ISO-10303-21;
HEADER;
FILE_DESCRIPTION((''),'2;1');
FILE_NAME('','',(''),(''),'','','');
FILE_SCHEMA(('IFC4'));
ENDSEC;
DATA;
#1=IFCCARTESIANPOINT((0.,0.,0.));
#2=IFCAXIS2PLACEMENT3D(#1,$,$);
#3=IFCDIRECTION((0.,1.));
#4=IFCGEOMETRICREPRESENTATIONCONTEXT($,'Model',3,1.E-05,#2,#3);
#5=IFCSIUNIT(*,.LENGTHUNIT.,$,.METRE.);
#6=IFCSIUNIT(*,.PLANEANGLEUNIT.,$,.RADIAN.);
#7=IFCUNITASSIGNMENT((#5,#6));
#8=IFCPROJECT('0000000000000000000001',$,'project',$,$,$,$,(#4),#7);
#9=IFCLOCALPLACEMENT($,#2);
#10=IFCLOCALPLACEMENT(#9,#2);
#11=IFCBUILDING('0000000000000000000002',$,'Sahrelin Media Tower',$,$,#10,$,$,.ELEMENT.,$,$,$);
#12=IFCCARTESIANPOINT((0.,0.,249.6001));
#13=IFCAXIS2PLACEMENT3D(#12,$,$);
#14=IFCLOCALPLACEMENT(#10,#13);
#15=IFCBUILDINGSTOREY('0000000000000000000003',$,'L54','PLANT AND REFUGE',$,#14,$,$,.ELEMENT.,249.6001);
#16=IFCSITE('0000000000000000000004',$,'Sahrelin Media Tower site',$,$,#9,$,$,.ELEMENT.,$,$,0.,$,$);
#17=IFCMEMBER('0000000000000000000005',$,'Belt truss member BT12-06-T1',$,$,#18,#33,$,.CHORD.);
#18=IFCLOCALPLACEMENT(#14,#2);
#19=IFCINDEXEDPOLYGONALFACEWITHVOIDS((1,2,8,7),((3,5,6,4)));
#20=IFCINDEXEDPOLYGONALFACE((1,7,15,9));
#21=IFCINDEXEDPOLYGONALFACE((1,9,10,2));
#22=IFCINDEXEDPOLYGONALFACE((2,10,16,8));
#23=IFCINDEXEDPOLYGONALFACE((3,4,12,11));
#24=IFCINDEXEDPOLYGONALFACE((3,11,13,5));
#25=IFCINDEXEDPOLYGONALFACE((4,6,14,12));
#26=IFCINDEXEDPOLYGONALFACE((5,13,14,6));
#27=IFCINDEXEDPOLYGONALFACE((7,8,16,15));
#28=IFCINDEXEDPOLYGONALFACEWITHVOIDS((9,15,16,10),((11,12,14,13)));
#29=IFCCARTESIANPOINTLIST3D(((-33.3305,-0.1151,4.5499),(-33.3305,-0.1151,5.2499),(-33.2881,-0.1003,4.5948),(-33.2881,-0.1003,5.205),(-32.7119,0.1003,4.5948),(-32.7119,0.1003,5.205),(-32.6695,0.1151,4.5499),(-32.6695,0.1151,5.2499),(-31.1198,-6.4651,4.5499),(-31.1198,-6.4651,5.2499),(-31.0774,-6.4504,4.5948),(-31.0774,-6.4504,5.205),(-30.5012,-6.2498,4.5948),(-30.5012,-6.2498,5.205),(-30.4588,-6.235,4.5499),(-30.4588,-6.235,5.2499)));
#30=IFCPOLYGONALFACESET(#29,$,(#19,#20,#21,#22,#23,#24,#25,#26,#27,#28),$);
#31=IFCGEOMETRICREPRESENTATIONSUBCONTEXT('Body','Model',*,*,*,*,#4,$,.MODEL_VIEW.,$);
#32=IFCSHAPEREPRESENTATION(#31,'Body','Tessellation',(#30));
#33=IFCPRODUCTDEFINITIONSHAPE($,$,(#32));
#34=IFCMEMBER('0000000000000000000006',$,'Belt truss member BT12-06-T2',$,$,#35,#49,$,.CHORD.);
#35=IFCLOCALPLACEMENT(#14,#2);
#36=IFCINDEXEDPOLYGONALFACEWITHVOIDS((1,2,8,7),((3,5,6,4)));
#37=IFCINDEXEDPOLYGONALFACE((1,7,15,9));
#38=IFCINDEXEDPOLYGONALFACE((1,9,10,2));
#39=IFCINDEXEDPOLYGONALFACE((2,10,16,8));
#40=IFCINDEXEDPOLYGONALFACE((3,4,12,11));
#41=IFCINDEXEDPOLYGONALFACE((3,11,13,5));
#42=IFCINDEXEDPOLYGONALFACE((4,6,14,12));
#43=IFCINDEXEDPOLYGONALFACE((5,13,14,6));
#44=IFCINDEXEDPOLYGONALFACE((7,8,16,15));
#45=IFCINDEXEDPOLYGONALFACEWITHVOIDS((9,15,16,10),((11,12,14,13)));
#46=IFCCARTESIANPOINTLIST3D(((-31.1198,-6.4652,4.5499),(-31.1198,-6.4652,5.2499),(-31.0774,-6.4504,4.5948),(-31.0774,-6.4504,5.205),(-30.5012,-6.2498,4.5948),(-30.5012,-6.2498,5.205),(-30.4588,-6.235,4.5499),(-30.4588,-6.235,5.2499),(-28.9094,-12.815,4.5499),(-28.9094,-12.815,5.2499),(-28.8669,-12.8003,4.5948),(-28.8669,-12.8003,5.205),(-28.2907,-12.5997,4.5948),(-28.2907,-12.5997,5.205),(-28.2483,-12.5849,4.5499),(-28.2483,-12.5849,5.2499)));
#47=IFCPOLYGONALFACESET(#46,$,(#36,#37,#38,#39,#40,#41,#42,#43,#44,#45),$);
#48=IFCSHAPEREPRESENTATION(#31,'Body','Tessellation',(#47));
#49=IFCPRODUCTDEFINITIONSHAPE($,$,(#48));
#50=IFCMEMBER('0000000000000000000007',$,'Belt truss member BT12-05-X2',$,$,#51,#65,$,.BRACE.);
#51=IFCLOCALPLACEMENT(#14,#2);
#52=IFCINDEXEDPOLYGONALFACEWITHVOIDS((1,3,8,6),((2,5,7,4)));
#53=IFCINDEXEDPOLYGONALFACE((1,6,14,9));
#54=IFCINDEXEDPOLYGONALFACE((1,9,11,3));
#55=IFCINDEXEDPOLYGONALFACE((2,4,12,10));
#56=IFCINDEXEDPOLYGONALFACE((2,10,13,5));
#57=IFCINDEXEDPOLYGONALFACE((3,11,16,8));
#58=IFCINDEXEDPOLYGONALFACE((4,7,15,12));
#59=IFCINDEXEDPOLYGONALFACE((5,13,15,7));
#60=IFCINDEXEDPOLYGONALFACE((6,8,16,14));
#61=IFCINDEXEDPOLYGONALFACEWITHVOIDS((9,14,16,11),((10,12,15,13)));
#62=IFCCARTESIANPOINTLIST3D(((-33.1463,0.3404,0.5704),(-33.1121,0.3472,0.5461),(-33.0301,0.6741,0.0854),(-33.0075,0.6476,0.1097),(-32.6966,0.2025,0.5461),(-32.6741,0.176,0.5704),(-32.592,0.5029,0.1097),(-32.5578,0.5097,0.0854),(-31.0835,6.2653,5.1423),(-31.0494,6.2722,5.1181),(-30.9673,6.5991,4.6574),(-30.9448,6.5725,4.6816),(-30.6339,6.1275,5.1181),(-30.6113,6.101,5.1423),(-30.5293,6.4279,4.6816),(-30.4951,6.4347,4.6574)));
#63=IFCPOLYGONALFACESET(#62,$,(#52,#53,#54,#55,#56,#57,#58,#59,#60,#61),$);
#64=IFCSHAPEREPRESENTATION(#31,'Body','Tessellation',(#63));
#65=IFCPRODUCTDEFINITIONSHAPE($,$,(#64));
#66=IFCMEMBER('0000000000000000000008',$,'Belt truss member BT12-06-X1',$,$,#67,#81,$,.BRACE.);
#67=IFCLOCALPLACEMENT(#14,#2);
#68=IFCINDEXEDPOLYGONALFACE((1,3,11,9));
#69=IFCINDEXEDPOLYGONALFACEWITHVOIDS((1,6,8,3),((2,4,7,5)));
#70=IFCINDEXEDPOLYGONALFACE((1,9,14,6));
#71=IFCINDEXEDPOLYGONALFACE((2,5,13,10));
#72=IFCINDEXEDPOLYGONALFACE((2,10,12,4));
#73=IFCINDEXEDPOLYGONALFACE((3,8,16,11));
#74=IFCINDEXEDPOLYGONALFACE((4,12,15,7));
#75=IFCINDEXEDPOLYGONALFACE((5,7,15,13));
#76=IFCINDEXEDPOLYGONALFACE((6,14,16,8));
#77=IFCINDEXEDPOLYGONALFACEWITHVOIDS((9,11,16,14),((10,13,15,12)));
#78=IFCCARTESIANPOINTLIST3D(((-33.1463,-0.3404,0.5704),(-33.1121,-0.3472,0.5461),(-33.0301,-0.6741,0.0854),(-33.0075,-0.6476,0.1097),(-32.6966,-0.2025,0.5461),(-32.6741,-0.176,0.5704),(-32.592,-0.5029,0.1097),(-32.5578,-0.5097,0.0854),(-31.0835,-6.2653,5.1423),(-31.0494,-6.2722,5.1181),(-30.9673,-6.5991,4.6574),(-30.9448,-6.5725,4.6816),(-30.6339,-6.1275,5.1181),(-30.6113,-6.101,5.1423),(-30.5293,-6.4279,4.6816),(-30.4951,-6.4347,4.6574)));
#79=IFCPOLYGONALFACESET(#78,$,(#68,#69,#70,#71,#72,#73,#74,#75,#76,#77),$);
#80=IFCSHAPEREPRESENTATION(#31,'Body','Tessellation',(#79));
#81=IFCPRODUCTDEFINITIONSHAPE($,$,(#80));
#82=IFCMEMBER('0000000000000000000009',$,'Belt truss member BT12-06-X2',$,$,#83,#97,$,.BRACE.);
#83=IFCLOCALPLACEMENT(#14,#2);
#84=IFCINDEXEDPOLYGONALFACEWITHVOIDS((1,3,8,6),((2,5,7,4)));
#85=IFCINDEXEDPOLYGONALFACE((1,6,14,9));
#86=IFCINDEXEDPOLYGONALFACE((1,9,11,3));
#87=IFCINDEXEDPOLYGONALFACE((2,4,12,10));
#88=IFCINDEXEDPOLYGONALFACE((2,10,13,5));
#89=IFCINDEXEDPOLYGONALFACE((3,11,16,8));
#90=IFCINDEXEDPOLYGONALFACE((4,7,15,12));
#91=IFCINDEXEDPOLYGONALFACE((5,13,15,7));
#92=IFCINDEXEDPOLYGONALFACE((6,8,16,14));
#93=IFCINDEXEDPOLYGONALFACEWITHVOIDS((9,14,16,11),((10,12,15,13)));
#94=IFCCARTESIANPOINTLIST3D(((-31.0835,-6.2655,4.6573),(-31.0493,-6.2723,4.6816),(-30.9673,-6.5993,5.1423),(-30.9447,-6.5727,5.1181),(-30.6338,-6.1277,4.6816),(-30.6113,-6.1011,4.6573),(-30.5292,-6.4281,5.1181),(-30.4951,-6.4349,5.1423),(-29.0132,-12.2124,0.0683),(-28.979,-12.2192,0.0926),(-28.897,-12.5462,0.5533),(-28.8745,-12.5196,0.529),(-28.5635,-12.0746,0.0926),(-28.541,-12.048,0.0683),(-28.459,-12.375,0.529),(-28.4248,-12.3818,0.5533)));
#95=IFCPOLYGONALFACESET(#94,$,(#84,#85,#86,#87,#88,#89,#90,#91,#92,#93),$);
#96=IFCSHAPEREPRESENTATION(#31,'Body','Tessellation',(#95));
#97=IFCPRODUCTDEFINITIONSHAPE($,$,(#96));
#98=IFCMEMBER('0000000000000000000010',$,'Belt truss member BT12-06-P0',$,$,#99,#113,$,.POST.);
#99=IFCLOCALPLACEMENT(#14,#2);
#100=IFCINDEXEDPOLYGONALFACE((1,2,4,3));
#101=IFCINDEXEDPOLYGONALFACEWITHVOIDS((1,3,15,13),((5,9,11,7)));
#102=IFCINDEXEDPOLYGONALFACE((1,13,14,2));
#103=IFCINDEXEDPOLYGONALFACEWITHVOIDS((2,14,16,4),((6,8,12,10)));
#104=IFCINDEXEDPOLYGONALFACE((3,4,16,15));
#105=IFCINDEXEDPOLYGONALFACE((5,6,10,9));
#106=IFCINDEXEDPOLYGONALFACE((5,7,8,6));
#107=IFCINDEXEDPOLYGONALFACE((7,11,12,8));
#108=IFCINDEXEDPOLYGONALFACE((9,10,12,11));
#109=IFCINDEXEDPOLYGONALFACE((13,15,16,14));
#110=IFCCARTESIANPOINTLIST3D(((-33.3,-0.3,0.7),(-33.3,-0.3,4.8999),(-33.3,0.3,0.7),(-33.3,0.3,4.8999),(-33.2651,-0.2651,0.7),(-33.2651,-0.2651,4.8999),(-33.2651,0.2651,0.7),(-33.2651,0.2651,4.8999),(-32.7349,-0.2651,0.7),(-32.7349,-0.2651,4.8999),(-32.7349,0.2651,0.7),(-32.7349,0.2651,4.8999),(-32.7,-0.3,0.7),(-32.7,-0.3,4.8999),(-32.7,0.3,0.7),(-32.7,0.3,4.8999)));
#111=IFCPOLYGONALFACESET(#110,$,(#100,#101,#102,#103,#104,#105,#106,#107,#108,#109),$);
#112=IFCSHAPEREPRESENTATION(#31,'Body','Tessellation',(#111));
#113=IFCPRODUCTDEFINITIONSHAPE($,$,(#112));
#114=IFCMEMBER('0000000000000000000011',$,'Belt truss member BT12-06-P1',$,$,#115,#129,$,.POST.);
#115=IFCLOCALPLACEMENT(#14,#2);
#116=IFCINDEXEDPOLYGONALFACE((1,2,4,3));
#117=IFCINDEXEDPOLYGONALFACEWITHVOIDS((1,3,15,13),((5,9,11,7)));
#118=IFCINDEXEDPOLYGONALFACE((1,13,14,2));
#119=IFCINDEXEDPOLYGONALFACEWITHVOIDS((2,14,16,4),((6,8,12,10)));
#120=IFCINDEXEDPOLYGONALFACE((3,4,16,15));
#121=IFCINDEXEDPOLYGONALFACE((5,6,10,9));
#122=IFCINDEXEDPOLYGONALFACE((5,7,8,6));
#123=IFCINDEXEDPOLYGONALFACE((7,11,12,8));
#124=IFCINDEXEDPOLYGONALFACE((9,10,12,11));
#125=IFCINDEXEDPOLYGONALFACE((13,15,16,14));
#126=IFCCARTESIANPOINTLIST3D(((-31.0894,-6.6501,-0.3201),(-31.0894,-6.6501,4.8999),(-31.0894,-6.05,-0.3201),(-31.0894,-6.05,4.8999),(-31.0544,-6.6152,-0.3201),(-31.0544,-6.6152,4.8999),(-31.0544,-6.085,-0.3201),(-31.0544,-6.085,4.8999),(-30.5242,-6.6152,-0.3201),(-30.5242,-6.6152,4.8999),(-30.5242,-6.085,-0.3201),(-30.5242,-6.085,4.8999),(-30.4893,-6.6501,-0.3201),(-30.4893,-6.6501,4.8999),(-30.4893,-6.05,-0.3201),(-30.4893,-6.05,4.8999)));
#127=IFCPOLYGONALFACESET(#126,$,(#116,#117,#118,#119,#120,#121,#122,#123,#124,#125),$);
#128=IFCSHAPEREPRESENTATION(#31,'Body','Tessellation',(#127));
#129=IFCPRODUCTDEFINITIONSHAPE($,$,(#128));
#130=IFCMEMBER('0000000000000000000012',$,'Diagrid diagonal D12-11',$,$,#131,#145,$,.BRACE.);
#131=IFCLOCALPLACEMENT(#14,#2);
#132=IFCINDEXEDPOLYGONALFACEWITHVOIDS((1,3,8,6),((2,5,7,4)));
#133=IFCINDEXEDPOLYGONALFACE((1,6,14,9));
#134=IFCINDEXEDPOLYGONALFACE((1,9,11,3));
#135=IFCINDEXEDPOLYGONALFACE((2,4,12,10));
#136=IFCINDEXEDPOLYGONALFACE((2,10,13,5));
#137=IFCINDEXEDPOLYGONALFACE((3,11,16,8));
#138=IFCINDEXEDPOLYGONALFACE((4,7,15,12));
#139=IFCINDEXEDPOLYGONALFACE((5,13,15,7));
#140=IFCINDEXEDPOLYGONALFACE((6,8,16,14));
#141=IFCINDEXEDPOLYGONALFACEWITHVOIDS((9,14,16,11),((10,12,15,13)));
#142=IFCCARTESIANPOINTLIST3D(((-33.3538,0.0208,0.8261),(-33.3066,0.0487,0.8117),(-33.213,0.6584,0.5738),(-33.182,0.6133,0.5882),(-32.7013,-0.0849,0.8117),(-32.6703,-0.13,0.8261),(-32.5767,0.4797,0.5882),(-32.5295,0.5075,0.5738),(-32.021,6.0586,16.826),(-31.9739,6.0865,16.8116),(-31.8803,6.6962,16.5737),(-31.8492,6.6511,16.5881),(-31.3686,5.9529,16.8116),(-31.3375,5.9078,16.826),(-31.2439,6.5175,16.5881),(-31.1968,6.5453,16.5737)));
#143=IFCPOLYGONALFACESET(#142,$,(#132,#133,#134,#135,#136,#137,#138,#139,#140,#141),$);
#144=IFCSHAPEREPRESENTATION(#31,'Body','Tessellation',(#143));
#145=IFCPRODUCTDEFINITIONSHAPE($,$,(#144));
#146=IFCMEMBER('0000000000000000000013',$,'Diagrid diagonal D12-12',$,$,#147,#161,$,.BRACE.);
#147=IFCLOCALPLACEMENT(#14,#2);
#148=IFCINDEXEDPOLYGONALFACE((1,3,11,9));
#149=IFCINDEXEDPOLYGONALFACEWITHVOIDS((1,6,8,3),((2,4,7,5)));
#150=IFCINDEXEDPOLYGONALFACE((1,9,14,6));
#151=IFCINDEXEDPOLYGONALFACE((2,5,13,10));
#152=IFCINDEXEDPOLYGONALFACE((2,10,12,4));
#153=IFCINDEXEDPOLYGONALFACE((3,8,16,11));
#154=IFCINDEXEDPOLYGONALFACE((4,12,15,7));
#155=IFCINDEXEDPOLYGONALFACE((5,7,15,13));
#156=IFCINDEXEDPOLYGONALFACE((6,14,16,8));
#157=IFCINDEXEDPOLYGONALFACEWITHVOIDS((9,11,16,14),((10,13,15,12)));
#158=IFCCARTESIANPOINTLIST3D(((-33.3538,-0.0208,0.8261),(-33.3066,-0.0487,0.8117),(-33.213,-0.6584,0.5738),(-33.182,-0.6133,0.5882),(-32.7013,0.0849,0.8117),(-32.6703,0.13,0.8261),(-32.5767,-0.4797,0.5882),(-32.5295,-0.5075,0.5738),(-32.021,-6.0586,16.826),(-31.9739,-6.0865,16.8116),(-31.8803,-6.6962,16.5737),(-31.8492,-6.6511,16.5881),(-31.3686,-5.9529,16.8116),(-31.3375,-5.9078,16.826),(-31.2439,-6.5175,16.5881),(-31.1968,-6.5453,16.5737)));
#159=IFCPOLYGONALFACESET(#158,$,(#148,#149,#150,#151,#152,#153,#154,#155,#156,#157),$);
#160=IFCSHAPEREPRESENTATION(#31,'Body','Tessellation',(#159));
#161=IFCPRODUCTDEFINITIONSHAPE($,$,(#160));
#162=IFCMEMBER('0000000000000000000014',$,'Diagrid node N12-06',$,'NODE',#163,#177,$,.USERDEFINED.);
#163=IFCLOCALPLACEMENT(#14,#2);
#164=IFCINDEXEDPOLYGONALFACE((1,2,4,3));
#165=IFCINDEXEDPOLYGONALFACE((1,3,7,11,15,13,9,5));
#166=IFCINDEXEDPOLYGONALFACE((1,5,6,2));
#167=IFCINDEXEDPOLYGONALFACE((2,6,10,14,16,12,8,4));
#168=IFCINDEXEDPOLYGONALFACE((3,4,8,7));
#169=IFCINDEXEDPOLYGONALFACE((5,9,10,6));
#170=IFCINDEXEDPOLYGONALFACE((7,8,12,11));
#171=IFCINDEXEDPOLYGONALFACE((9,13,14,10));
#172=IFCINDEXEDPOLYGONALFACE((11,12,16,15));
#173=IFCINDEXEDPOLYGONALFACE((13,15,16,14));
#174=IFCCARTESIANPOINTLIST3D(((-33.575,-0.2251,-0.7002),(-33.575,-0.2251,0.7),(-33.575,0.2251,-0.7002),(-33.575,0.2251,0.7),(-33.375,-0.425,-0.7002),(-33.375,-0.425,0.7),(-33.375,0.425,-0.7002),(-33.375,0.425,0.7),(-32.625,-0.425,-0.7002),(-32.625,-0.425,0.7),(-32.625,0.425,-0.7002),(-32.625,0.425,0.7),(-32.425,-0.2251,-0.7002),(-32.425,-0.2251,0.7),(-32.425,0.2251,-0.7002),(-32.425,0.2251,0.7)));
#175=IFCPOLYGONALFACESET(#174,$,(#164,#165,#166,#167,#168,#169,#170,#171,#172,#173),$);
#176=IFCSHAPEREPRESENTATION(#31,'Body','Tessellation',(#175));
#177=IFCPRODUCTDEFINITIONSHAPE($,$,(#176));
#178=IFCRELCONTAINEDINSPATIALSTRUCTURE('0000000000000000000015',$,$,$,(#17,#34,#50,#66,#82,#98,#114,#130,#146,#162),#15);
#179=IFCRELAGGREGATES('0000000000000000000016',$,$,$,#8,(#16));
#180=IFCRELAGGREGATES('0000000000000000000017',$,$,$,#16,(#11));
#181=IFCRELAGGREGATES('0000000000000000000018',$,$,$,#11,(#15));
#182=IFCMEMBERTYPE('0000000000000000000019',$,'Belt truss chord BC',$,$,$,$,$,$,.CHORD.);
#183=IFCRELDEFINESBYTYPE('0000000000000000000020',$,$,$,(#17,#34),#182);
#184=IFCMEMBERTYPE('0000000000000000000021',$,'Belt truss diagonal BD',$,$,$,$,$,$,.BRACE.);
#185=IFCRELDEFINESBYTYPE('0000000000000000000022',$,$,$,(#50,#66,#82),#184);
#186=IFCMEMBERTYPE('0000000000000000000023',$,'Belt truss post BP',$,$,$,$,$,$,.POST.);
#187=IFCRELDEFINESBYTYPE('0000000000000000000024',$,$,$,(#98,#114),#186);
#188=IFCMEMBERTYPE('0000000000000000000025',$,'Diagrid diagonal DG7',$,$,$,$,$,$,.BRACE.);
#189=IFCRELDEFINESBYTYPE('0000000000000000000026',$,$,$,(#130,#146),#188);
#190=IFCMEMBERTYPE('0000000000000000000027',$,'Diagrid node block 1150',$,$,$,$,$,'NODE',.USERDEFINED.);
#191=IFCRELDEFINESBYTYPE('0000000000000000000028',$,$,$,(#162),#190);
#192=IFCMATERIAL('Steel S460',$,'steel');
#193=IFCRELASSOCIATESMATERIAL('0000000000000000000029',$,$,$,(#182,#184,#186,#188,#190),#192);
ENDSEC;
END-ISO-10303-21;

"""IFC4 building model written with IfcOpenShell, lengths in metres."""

from ifc_helpers import new_model, si_unit, direction, frame, origin, origin_2d, place, context, subcontext, project, spatial, polyline, hollow_rectangle, outline, extrude, material, material_profile, profile_set, type_object, element, save


model = new_model("IFC4")

# Units and contexts
model_context = context("Model", 3, precision=1e-05, world=origin(), true_north=direction((0.0, 1.0)))
body_context = subcontext(model_context, "Body", "Model", "MODEL_VIEW")
ifc_project = project(units=[si_unit("LENGTHUNIT", "METRE"), si_unit("PLANEANGLEUNIT", "RADIAN")], contexts=[model_context])

# Site, building, storey
site_placement = place(None, origin())
site = spatial("IfcSite", under=ifc_project, at=site_placement, Name="Sahrelin Media Tower site", CompositionType="ELEMENT", RefElevation=0.0)
building_placement = place(site_placement, origin())
building = spatial("IfcBuilding", under=site, at=building_placement, Name="Sahrelin Media Tower", CompositionType="ELEMENT")
storey_placement = place(building_placement, frame((0.0, 0.0, 249.6001)))
storey = spatial("IfcBuildingStorey", under=building, at=storey_placement, Name="L54", Description="PLANT AND REFUGE", CompositionType="ELEMENT", Elevation=249.6001)

# Members
ifc_material_1 = material(Name="Steel S460", Category="steel")
ifc_material_profile_1 = material_profile(ifc_material_1, hollow_rectangle(XDim=0.7, YDim=0.7, WallThickness=0.0449, at=origin_2d()), Name="Belt truss chord BC")
ifc_profile_set_1 = profile_set([ifc_material_profile_1], Name="Steel S460")
member_type_1 = type_object("IfcMemberType", Name="Belt truss chord BC", PredefinedType="CHORD", material=ifc_profile_set_1)
member_1_placement = place(storey_placement, frame((-33.0, 0.0, 4.8999), z_axis=(0.328781, -0.944406, 0.0), x_axis=(0.944406, 0.328781, 0.0)))
element("IfcMember", 1, at=member_1_placement, inside=storey, type_object=member_type_1, Name="Belt truss member BT12-06-T1", PredefinedType="CHORD", context=body_context, shape_type="SweptSolid", body=[
    extrude(hollow_rectangle(XDim=0.7, YDim=0.7, WallThickness=0.0449, at=origin_2d()), origin(), (0.0, 0.0, 1.0), 6.7239),
])
member_2_placement = place(storey_placement, frame((-30.7893, -6.3501, 4.8999), z_axis=(0.32876, -0.944413, 0.0), x_axis=(0.944413, 0.32876, 0.0)))
element("IfcMember", 2, at=member_2_placement, inside=storey, type_object=member_type_1, Name="Belt truss member BT12-06-T2", PredefinedType="CHORD", context=body_context, shape_type="SweptSolid", body=[
    extrude(hollow_rectangle(XDim=0.7, YDim=0.7, WallThickness=0.0449, at=origin_2d()), origin(), (0.0, 0.0, 1.0), 6.7236),
])
ifc_material_profile_2 = material_profile(ifc_material_1, hollow_rectangle(XDim=0.5, YDim=0.6001, WallThickness=0.03, at=origin_2d()), Name="Belt truss diagonal BD")
ifc_profile_set_2 = profile_set([ifc_material_profile_2], Name="Steel S460")
member_type_2 = type_object("IfcMemberType", Name="Belt truss diagonal BD", PredefinedType="BRACE", material=ifc_profile_set_2)
for number, where, z_axis, x_axis, name in (
    (3, (-32.8521, 0.425, 0.3279), (0.265714, 0.76324, 0.588949), (-0.944405, 0.328785, 0.0), "Belt truss member BT12-05-X2"),
    (4, (-32.8521, -0.425, 0.3279), (0.265714, -0.76324, 0.588949), (0.944405, 0.328785, 0.0), "Belt truss member BT12-06-X1"),
):
    element("IfcMember", number, at=place(storey_placement, frame(where, z_axis=z_axis, x_axis=x_axis)), inside=storey, type_object=member_type_2, Name=name, PredefinedType="BRACE", context=body_context, shape_type="SweptSolid", body=[
        extrude(hollow_rectangle(XDim=0.5, YDim=0.6001, WallThickness=0.03, at=origin_2d()), origin(), (0.0, 0.0, 1.0), 7.7629),
    ])
member_3_placement = place(storey_placement, frame((-28.719, -12.2971, 0.3108), z_axis=(-0.265702, 0.763234, 0.588962), x_axis=(-0.944409, -0.328773, 0.0)))
element("IfcMember", 5, at=member_3_placement, inside=storey, type_object=member_type_2, Name="Belt truss member BT12-06-X2", PredefinedType="BRACE", context=body_context, shape_type="SweptSolid", body=[
    extrude(hollow_rectangle(XDim=0.5, YDim=0.6001, WallThickness=0.03, at=origin_2d()), origin(), (0.0, 0.0, 1.0), 7.7917),
])
ifc_material_profile_3 = material_profile(ifc_material_1, hollow_rectangle(XDim=0.6001, YDim=0.6001, WallThickness=0.0349, at=origin_2d()), Name="Belt truss post BP")
ifc_profile_set_3 = profile_set([ifc_material_profile_3], Name="Steel S460")
member_type_3 = type_object("IfcMemberType", Name="Belt truss post BP", PredefinedType="POST", material=ifc_profile_set_3)
member_4_placement = place(storey_placement, frame((-33.0, 0.0, 0.7), z_axis=(0.0, 0.0, 1.0), x_axis=(1.0, 0.0, 0.0)))
element("IfcMember", 6, at=member_4_placement, inside=storey, type_object=member_type_3, Name="Belt truss member BT12-06-P0", PredefinedType="POST", context=body_context, shape_type="SweptSolid", body=[
    extrude(hollow_rectangle(XDim=0.6001, YDim=0.6001, WallThickness=0.0349, at=origin_2d()), origin(), (0.0, 0.0, 1.0), 4.2),
])
member_5_placement = place(storey_placement, frame((-30.7893, -6.3501, -0.3201), z_axis=(0.0, 0.0, 1.0), x_axis=(1.0, 0.0, 0.0)))
element("IfcMember", 7, at=member_5_placement, inside=storey, type_object=member_type_3, Name="Belt truss member BT12-06-P1", PredefinedType="POST", context=body_context, shape_type="SweptSolid", body=[
    extrude(hollow_rectangle(XDim=0.6001, YDim=0.6001, WallThickness=0.0349, at=origin_2d()), origin(), (0.0, 0.0, 1.0), 5.22),
])
ifc_material_profile_4 = material_profile(ifc_material_1, hollow_rectangle(XDim=0.7, YDim=0.7, WallThickness=0.04, at=origin_2d()), Name="Diagrid diagonal DG7")
ifc_profile_set_4 = profile_set([ifc_material_profile_4], Name="Steel S460")
member_type_4 = type_object("IfcMemberType", Name="Diagrid diagonal DG7", PredefinedType="BRACE", material=ifc_profile_set_4)
for number, where, z_axis, x_axis, name in (
    (8, (-32.9417, 0.2642, 0.7), (0.077698, 0.351995, 0.932771), (-0.976494, 0.215546, 0.0), "Diagrid diagonal D12-11"),
    (9, (-32.9417, -0.2642, 0.7), (0.077698, -0.351995, 0.932771), (0.976494, 0.215546, 0.0), "Diagrid diagonal D12-12"),
):
    element("IfcMember", number, at=place(storey_placement, frame(where, z_axis=z_axis, x_axis=x_axis)), inside=storey, type_object=member_type_4, Name=name, PredefinedType="BRACE", context=body_context, shape_type="SweptSolid", body=[
        extrude(hollow_rectangle(XDim=0.7, YDim=0.7, WallThickness=0.04, at=origin_2d()), origin(), (0.0, 0.0, 1.0), 17.1531),
    ])
ifc_material_profile_5 = material_profile(ifc_material_1, outline(polyline([(0.375, -0.425), (0.575, -0.2251), (0.575, 0.2251), (0.375, 0.425), (-0.375, 0.425), (-0.575, 0.2251), (-0.575, -0.2251), (-0.375, -0.425), (0.375, -0.425)])), Name="Diagrid node block 1150")
ifc_profile_set_5 = profile_set([ifc_material_profile_5], Name="Steel S460")
member_type_5 = type_object("IfcMemberType", Name="Diagrid node block 1150", ElementType="NODE", PredefinedType="USERDEFINED", material=ifc_profile_set_5)
member_6_placement = place(storey_placement, frame((-33.0, 0.0, -0.7002), z_axis=(0.0, 0.0, 1.0), x_axis=(-1.0, 0.0, 0.0)))
element("IfcMember", 10, at=member_6_placement, inside=storey, type_object=member_type_5, Name="Diagrid node N12-06", ObjectType="NODE", PredefinedType="USERDEFINED", context=body_context, shape_type="SweptSolid", body=[
    extrude(outline(polyline([(0.375, -0.425), (0.575, -0.2251), (0.575, 0.2251), (0.375, 0.425), (-0.375, 0.425), (-0.575, 0.2251), (-0.575, -0.2251), (-0.375, -0.425), (0.375, -0.425)])), origin(), (0.0, 0.0, 1.0), 1.4001),
])

save(model, "model.ifc")
